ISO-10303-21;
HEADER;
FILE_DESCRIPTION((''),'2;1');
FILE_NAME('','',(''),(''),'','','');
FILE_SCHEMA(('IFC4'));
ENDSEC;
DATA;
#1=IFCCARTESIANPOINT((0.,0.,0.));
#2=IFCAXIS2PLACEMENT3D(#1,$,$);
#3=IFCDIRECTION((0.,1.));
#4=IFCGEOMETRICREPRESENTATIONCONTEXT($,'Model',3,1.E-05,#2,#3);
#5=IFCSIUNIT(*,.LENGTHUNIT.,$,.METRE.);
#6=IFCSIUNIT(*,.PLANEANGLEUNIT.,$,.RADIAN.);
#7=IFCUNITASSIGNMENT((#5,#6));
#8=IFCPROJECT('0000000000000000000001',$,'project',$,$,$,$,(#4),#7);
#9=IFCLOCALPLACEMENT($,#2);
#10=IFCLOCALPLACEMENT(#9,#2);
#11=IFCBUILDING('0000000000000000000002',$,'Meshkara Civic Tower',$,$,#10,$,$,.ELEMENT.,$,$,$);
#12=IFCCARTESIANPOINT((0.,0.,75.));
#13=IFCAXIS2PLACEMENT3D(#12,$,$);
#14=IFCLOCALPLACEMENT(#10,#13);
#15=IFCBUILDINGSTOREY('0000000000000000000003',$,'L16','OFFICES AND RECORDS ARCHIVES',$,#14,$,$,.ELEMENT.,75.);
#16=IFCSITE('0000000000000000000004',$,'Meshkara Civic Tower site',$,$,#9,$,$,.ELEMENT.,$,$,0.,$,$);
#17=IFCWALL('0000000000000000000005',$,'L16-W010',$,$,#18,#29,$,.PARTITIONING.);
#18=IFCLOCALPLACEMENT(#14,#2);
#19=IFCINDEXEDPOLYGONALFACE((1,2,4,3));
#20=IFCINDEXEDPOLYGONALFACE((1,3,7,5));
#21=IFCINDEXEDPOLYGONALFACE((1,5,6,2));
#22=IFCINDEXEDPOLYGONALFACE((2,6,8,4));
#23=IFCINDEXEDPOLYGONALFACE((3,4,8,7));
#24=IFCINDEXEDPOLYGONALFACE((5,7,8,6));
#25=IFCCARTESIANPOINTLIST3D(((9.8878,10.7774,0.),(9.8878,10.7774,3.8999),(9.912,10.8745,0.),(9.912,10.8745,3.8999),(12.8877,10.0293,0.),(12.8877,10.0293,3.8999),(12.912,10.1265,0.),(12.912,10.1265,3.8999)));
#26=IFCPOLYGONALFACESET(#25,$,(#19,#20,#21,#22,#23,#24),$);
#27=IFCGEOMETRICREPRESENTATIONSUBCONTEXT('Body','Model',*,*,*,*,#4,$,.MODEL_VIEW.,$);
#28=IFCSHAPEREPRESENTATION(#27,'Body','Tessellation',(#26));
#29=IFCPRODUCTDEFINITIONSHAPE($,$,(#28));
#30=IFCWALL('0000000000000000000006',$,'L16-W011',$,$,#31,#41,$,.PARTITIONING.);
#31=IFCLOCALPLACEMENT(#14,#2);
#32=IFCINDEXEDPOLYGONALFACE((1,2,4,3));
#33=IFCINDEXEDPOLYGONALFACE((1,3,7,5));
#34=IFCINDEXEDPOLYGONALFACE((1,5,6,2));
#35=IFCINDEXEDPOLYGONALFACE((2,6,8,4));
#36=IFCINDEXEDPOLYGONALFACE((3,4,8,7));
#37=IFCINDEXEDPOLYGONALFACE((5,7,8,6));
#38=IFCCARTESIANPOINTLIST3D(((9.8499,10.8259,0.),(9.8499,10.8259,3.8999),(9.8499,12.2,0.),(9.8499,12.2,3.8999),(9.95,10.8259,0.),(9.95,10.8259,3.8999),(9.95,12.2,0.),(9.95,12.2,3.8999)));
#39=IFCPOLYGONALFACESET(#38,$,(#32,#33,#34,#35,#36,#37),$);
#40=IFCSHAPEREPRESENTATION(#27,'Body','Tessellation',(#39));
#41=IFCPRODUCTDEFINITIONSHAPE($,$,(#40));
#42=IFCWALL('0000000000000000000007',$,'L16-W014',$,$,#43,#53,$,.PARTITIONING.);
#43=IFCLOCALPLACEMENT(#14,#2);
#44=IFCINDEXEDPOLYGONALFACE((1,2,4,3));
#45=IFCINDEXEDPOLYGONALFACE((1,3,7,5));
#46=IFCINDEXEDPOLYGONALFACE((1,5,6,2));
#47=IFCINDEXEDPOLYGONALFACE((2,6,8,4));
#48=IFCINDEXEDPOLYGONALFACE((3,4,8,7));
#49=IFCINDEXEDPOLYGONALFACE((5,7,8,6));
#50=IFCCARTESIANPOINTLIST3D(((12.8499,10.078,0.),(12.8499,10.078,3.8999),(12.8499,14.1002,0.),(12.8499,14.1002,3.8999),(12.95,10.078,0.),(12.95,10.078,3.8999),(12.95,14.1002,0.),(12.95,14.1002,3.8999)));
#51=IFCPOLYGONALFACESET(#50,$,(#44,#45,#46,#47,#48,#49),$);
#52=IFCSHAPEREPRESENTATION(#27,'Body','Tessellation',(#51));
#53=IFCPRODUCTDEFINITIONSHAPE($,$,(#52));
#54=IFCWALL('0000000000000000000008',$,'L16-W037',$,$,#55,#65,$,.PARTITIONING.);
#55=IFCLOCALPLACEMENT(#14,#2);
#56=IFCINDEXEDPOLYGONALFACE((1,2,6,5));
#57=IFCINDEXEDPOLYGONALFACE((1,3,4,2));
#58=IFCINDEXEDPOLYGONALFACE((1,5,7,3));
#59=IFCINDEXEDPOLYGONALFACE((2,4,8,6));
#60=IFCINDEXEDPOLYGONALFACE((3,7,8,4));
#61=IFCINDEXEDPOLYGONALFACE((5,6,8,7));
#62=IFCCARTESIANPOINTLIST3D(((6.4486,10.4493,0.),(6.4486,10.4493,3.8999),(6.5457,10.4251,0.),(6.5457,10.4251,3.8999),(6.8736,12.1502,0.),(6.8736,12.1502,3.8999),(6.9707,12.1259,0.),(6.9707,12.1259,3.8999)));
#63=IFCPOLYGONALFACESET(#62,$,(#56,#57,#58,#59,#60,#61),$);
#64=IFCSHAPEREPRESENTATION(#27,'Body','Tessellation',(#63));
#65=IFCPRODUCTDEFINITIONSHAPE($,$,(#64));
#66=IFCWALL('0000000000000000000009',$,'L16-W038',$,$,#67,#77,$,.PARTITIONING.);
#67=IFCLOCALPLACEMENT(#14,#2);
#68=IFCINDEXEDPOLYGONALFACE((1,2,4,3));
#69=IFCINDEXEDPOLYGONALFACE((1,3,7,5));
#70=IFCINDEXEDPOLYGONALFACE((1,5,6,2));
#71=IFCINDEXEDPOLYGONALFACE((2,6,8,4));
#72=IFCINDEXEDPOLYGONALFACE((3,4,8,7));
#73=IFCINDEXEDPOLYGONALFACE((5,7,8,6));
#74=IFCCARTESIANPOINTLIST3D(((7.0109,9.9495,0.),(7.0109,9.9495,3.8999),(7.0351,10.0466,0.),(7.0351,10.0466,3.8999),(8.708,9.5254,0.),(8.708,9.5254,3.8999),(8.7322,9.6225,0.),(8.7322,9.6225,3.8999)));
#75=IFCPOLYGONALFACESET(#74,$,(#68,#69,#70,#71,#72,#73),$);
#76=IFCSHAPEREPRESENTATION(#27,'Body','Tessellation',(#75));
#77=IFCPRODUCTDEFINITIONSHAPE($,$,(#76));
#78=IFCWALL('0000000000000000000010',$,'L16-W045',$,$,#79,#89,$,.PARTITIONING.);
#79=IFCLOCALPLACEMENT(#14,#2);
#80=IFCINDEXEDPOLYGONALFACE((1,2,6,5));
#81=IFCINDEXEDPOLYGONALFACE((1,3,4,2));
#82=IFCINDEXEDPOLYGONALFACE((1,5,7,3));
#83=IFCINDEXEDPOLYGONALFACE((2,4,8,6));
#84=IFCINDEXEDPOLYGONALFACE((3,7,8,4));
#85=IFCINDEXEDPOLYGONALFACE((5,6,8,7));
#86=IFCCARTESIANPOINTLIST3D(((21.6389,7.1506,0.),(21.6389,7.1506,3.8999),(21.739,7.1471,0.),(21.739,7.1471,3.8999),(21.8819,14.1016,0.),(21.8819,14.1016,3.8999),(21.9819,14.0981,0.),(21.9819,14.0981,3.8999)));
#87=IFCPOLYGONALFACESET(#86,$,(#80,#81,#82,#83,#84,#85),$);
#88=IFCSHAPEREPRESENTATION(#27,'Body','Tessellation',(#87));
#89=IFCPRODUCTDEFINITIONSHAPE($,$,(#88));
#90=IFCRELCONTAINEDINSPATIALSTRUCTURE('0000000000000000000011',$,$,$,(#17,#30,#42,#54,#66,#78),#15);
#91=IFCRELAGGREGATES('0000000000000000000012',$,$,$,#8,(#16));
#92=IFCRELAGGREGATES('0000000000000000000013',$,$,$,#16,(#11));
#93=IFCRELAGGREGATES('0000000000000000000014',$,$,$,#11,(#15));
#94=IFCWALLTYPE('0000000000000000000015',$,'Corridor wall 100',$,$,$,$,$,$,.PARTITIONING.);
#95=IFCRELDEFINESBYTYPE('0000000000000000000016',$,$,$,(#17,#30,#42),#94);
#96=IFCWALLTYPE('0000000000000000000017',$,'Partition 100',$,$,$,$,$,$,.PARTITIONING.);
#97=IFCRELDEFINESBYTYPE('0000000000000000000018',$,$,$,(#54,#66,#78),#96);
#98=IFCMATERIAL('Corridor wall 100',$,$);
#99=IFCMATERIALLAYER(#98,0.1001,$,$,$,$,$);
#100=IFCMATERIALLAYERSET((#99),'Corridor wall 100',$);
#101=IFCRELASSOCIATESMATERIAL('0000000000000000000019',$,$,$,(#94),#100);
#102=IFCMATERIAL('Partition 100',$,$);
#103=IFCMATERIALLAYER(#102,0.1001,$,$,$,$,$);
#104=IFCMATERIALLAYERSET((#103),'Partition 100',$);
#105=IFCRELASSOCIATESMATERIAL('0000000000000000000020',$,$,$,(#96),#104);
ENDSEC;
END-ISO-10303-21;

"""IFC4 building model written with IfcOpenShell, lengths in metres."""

from ifc_helpers import new_model, si_unit, direction, frame, frame_2d, origin, place, context, subcontext, project, spatial, rectangle, extrude, material, layer, layer_set, type_object, element, save


model = new_model("IFC4")

# Units and contexts
model_context = context("Model", 3, precision=1e-05, world=origin(), true_north=direction((0.0, 1.0)))
body_context = subcontext(model_context, "Body", "Model", "MODEL_VIEW")
ifc_project = project(units=[si_unit("LENGTHUNIT", "METRE"), si_unit("PLANEANGLEUNIT", "RADIAN")], contexts=[model_context])

# Site, building, storey
site_placement = place(None, origin())
site = spatial("IfcSite", under=ifc_project, at=site_placement, Name="Meshkara Civic Tower site", CompositionType="ELEMENT", RefElevation=0.0)
building_placement = place(site_placement, origin())
building = spatial("IfcBuilding", under=site, at=building_placement, Name="Meshkara Civic Tower", CompositionType="ELEMENT")
storey_placement = place(building_placement, frame((0.0, 0.0, 75.0)))
storey = spatial("IfcBuildingStorey", under=building, at=storey_placement, Name="L16", Description="OFFICES AND RECORDS ARCHIVES", CompositionType="ELEMENT", Elevation=75.0)

# Shared definitions
ifc_material_1 = material(Name="Corridor wall 100")
ifc_layer_1 = layer(ifc_material_1, 0.1001)
ifc_layer_set_1 = layer_set([ifc_layer_1], Name="Corridor wall 100")
wall_type_1 = type_object("IfcWallType", Name="Corridor wall 100", PredefinedType="PARTITIONING", material=ifc_layer_set_1)

# Walls
wall_1_placement = place(storey_placement, frame((9.8999, 10.8259, 0.0), z_axis=(0.0, 0.0, 1.0), x_axis=(0.970291, -0.241941, 0.0)))
element("IfcWall", 1, at=wall_1_placement, inside=storey, type_object=wall_type_1, Name="L16-W010", PredefinedType="PARTITIONING", context=body_context, shape_type="SweptSolid", body=[
    extrude(rectangle(XDim=3.0918, YDim=0.1001, at=frame_2d((1.5459, 0.0))), origin(), (0.0, 0.0, 1.0), 3.8999),
])
wall_2_placement = place(storey_placement, frame((9.8999, 12.2, 0.0), z_axis=(0.0, 0.0, 1.0), x_axis=(0.0, -1.0, 0.0)))
element("IfcWall", 2, at=wall_2_placement, inside=storey, type_object=wall_type_1, Name="L16-W011", PredefinedType="PARTITIONING", context=body_context, shape_type="SweptSolid", body=[
    extrude(rectangle(XDim=1.374, YDim=0.1001, at=frame_2d((0.687, 0.0))), origin(), (0.0, 0.0, 1.0), 3.8999),
])
wall_3_placement = place(storey_placement, frame((12.8999, 10.0779, 0.0), z_axis=(0.0, 0.0, 1.0), x_axis=(0.0, 1.0, 0.0)))
element("IfcWall", 3, at=wall_3_placement, inside=storey, type_object=wall_type_1, Name="L16-W014", PredefinedType="PARTITIONING", context=body_context, shape_type="SweptSolid", body=[
    extrude(rectangle(XDim=4.0222, YDim=0.1001, at=frame_2d((2.0112, 0.0))), origin(), (0.0, 0.0, 1.0), 3.8999),
])

# Walls
ifc_material_2 = material(Name="Partition 100")
ifc_layer_2 = layer(ifc_material_2, 0.1001)
ifc_layer_set_2 = layer_set([ifc_layer_2], Name="Partition 100")
wall_type_2 = type_object("IfcWallType", Name="Partition 100", PredefinedType="PARTITIONING", material=ifc_layer_set_2)
wall_4_placement = place(storey_placement, frame((6.9221, 12.1379, 0.0), z_axis=(0.0, 0.0, 1.0), x_axis=(-0.242437, -0.970167, 0.0)))
element("IfcWall", 4, at=wall_4_placement, inside=storey, type_object=wall_type_2, Name="L16-W037", PredefinedType="PARTITIONING", context=body_context, shape_type="SweptSolid", body=[
    extrude(rectangle(XDim=1.7532, YDim=0.1001, at=frame_2d((0.8765, 0.0))), origin(), (0.0, 0.0, 1.0), 3.8999),
])
wall_5_placement = place(storey_placement, frame((8.72, 9.574, 0.0), z_axis=(0.0, 0.0, 1.0), x_axis=(-0.970167, 0.242437, 0.0)))
element("IfcWall", 5, at=wall_5_placement, inside=storey, type_object=wall_type_2, Name="L16-W038", PredefinedType="PARTITIONING", context=body_context, shape_type="SweptSolid", body=[
    extrude(rectangle(XDim=1.7493, YDim=0.1001, at=frame_2d((0.8745, 0.0))), origin(), (0.0, 0.0, 1.0), 3.8999),
])
wall_6_placement = place(storey_placement, frame((21.689, 7.1489, 0.0), z_axis=(0.0, 0.0, 1.0), x_axis=(0.034925, 0.99939, 0.0)))
element("IfcWall", 6, at=wall_6_placement, inside=storey, type_object=wall_type_2, Name="L16-W045", PredefinedType="PARTITIONING", context=body_context, shape_type="SweptSolid", body=[
    extrude(rectangle(XDim=6.9553, YDim=0.1001, at=frame_2d((3.4775, 0.0))), origin(), (0.0, 0.0, 1.0), 3.8999),
])

save(model, "model.ifc")
